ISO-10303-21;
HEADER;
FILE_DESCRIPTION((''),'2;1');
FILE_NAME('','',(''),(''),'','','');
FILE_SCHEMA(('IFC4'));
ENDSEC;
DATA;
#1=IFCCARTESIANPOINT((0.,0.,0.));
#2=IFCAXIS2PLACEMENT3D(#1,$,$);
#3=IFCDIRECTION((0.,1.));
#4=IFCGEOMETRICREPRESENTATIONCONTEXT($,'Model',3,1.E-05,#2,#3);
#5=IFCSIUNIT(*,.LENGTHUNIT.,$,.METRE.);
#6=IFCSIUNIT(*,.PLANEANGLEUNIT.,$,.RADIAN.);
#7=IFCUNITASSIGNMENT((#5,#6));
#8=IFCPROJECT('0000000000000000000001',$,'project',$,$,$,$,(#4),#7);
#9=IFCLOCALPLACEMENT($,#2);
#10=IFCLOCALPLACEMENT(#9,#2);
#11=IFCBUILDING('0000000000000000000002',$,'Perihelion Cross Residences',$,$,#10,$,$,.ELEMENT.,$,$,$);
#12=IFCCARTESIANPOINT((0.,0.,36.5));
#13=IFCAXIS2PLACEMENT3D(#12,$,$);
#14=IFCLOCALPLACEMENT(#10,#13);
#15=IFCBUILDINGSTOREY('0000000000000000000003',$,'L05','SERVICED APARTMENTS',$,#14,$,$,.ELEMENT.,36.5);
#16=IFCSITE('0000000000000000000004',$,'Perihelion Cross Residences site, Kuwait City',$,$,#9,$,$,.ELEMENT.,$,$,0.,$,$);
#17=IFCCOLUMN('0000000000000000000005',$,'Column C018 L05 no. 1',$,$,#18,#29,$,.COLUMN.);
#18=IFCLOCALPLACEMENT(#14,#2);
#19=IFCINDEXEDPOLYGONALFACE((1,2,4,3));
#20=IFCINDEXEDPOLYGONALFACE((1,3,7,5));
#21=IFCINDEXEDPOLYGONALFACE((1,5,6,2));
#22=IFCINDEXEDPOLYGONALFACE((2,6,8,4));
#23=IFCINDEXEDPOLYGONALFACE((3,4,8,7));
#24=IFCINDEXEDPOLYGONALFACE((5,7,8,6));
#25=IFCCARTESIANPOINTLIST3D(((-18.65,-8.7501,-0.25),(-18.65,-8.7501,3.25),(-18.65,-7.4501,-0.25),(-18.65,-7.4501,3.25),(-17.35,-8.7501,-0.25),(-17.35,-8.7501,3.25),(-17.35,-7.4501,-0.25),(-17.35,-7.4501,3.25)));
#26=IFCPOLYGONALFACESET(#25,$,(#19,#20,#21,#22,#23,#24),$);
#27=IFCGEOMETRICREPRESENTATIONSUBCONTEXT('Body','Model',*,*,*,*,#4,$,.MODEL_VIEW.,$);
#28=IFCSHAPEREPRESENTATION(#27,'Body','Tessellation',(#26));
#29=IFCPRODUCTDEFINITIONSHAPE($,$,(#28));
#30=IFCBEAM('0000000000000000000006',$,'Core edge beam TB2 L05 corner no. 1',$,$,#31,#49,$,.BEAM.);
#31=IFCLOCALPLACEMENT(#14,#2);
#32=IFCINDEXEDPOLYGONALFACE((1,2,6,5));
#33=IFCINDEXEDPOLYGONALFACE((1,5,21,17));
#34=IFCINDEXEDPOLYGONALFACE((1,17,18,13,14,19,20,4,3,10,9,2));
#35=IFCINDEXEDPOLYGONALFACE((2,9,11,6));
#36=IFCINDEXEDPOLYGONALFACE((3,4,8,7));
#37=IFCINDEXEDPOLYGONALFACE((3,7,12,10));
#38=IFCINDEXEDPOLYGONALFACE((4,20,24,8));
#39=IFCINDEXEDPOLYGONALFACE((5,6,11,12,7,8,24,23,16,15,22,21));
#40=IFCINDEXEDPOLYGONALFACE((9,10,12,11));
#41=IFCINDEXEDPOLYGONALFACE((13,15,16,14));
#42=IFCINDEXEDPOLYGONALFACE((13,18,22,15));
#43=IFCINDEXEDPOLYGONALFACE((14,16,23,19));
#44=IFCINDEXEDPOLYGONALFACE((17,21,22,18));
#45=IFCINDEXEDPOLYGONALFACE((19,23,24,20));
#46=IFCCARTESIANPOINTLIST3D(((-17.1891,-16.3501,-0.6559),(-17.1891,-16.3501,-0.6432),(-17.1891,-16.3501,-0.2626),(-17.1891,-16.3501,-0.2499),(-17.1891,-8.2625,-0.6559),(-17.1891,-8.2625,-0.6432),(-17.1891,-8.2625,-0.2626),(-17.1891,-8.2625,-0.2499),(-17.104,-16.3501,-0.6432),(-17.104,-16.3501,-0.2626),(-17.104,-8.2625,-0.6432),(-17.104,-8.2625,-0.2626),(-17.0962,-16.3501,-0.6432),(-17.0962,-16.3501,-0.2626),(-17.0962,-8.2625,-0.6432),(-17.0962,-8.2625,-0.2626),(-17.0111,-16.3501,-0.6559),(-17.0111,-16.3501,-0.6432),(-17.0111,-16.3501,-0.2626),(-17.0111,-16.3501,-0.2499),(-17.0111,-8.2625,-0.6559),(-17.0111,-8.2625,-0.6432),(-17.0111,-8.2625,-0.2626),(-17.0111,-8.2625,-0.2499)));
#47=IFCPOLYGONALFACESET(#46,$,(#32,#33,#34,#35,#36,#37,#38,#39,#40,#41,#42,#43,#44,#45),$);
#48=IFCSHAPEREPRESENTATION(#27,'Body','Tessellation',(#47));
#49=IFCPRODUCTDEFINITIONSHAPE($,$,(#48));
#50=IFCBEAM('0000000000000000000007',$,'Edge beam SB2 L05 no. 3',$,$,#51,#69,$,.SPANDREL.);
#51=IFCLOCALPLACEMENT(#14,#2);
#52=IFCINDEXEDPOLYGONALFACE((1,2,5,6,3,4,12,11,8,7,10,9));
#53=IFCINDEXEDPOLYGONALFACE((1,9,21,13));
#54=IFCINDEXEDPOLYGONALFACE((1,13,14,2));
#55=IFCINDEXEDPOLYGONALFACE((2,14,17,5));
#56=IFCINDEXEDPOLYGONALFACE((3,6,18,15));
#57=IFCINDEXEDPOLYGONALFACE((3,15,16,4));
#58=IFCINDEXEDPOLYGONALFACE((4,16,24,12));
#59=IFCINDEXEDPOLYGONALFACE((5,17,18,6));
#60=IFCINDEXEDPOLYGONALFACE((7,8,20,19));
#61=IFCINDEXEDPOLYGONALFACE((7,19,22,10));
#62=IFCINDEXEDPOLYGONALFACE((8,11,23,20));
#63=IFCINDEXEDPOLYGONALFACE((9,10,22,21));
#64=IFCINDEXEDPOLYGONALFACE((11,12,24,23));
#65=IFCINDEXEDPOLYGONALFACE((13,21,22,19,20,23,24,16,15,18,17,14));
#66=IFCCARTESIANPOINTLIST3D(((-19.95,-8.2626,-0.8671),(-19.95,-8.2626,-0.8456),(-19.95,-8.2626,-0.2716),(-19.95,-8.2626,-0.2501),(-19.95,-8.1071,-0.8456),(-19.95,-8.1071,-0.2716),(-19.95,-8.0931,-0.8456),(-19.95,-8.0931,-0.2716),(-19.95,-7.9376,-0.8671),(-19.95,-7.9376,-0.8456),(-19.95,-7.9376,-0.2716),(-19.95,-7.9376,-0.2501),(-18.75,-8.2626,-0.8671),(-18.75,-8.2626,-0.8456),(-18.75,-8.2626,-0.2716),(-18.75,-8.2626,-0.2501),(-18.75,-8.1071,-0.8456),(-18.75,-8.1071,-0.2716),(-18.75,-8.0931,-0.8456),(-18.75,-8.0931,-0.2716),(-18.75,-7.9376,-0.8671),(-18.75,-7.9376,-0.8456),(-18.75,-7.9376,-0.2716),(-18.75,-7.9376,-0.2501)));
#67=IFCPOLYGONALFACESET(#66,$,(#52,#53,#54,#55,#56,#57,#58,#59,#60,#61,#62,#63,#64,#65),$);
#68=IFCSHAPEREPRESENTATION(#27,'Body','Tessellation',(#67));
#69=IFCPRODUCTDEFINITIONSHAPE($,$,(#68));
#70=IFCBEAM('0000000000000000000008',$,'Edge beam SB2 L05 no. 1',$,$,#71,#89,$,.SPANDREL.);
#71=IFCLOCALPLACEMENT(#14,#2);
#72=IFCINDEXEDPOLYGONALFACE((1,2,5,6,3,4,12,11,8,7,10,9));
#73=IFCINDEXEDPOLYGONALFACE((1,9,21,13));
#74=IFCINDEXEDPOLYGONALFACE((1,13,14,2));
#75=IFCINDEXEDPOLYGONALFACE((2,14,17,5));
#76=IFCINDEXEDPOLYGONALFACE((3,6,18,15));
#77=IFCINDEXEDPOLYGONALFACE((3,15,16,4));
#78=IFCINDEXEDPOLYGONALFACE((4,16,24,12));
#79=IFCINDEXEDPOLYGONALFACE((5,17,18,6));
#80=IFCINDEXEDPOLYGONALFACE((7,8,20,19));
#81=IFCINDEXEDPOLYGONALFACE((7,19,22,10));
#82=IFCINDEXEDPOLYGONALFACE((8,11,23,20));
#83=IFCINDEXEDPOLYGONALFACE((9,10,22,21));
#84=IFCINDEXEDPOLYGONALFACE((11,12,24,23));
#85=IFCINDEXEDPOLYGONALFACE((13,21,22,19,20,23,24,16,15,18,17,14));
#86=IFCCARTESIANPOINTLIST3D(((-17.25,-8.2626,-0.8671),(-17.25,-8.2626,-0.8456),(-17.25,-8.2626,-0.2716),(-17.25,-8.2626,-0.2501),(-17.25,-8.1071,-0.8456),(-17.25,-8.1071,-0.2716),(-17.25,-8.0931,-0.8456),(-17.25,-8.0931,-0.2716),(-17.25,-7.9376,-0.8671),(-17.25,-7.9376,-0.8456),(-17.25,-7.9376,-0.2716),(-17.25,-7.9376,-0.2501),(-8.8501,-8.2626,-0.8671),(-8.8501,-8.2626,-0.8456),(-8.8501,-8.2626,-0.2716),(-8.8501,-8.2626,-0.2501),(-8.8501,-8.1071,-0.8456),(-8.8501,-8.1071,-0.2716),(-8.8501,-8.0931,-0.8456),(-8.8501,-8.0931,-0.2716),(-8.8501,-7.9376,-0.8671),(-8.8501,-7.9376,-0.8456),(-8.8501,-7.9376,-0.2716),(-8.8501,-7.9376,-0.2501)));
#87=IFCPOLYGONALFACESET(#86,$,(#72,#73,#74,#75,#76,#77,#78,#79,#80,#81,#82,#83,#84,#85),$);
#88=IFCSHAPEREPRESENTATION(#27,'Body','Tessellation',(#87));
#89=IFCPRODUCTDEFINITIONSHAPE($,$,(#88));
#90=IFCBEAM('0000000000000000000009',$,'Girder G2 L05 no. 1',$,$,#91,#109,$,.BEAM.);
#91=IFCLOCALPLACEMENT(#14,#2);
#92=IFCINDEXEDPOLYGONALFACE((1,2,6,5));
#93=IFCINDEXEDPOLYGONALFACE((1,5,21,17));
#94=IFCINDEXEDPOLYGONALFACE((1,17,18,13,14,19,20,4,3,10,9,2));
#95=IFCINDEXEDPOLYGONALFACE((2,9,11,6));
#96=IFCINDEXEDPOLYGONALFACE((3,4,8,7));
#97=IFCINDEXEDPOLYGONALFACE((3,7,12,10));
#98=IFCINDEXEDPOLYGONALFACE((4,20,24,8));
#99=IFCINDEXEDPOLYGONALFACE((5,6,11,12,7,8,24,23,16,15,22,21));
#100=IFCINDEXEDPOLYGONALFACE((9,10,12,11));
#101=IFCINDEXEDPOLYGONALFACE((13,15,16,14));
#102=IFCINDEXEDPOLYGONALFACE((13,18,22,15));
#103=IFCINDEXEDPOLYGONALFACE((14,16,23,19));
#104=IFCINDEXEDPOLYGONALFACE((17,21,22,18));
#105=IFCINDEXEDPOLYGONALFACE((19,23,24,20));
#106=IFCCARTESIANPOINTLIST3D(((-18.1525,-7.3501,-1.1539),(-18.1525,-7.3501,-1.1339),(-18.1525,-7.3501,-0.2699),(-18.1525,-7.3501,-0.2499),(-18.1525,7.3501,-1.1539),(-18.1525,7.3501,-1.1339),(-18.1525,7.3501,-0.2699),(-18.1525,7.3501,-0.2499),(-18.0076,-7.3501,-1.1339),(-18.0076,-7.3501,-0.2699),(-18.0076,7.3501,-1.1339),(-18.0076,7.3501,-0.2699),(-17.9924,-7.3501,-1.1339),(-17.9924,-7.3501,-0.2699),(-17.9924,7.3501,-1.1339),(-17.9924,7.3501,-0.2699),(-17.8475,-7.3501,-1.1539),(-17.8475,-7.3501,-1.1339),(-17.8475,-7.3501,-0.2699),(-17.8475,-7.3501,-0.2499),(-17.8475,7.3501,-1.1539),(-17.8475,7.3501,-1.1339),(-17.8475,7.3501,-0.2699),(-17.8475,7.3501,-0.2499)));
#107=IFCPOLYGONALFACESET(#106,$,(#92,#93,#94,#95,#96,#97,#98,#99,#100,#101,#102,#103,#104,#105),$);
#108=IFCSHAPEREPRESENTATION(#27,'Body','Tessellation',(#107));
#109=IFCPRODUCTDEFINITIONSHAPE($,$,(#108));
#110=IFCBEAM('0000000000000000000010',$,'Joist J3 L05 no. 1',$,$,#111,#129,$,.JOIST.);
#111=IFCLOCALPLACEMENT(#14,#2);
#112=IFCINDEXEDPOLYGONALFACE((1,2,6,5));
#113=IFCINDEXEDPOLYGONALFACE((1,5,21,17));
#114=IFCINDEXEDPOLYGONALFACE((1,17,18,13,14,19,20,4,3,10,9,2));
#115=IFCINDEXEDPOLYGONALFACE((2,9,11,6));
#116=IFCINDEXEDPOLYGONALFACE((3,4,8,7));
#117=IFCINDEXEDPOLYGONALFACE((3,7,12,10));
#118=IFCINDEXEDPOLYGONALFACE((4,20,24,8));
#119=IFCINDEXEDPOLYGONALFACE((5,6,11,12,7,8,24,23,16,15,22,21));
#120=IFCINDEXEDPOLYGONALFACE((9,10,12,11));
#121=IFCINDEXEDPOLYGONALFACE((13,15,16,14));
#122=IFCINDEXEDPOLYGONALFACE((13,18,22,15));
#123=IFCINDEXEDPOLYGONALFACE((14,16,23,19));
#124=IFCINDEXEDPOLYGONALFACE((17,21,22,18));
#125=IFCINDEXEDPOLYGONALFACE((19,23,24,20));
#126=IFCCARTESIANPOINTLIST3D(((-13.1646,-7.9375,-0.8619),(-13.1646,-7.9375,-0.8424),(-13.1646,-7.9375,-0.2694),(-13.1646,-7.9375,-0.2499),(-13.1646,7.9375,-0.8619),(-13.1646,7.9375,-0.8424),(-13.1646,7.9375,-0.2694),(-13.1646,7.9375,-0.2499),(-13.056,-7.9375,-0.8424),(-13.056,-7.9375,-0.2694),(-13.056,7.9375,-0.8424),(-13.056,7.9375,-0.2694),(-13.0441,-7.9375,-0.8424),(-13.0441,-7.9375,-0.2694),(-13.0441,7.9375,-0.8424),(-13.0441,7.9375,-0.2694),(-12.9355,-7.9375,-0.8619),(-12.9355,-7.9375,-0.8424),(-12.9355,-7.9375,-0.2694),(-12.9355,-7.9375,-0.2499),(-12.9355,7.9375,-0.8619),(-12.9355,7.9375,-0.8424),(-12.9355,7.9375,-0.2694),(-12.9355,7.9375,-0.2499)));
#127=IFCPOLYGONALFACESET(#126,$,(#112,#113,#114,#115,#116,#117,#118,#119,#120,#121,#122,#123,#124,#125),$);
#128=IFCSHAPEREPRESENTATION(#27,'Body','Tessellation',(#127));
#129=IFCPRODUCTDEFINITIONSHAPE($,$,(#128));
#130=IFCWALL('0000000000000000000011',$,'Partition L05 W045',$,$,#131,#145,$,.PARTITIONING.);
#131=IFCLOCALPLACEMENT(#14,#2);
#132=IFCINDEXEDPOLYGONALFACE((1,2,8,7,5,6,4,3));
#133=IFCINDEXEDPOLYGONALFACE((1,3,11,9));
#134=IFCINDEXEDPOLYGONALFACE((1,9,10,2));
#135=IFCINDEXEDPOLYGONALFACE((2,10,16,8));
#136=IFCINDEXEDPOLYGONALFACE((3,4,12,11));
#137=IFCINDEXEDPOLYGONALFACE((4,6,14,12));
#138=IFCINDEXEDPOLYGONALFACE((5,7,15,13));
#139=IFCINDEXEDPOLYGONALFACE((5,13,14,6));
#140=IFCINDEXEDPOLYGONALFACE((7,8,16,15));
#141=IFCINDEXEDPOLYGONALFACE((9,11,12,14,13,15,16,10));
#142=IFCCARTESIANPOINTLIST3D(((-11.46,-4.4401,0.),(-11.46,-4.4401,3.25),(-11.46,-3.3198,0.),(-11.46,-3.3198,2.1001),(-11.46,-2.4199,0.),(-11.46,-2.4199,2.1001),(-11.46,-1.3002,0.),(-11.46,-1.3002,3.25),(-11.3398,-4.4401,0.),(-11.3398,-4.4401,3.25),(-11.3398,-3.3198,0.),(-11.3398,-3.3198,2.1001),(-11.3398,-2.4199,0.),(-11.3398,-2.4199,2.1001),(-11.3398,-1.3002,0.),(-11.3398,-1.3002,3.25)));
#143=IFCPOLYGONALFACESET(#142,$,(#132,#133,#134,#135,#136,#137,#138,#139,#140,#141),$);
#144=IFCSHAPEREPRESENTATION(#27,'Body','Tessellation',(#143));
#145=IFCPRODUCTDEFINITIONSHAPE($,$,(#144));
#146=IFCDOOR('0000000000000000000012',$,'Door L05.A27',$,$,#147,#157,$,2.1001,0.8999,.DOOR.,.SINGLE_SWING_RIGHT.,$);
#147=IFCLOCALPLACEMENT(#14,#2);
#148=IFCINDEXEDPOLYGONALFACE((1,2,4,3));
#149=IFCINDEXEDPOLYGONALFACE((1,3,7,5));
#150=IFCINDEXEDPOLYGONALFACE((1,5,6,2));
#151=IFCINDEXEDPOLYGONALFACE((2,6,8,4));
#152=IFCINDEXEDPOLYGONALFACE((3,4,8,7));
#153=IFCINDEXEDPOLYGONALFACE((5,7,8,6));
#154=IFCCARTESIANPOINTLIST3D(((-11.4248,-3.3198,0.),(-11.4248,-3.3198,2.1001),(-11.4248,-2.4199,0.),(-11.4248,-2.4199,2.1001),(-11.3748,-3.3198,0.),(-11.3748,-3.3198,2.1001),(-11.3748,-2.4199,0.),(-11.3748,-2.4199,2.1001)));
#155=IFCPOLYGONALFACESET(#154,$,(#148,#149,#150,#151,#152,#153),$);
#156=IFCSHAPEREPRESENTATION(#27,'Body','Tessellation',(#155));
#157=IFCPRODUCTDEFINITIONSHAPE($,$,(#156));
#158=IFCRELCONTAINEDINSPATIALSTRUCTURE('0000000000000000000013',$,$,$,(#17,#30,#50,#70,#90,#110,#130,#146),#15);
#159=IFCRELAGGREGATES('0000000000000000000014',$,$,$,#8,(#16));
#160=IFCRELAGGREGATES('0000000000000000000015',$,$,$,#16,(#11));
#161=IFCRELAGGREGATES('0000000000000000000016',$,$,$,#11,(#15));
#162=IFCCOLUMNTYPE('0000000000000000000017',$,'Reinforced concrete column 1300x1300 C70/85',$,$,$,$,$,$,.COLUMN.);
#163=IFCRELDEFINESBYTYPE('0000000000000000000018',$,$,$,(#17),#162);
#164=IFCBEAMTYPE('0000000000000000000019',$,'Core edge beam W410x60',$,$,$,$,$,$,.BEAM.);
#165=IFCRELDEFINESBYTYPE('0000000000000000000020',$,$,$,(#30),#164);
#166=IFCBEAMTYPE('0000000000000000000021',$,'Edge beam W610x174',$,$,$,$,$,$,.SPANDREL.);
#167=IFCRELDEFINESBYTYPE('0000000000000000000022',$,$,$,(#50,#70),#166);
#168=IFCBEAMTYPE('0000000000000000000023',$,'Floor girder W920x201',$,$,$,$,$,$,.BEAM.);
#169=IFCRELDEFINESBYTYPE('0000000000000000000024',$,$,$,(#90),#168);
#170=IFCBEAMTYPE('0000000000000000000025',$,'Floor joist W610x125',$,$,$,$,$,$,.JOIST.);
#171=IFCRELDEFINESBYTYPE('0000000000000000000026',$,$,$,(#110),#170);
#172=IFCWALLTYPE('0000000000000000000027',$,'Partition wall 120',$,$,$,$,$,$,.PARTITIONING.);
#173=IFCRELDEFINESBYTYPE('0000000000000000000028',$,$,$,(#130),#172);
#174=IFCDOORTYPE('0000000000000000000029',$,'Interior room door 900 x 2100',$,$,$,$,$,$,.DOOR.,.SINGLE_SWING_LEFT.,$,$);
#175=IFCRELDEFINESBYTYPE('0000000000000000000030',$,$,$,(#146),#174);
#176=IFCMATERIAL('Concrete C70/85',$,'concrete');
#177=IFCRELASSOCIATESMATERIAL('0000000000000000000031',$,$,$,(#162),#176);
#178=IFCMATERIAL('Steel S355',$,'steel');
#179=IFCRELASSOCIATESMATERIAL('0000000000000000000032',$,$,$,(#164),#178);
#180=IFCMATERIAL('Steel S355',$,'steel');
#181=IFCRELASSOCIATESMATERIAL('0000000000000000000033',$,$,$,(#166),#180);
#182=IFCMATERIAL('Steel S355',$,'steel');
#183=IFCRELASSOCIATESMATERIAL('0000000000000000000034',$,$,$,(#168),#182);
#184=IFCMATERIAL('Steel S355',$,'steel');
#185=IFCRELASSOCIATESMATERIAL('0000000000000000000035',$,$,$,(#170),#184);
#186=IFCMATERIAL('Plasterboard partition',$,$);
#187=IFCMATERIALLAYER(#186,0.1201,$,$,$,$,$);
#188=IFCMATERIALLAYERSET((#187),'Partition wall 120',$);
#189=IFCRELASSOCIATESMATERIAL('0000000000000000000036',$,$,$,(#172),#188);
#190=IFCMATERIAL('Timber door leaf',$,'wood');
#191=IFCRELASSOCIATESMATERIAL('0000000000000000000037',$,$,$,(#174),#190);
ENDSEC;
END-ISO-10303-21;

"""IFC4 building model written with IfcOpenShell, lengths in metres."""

from ifc_helpers import new_model, si_unit, direction, frame, frame_2d, origin, origin_2d, place, context, subcontext, project, spatial, rectangle, i_section, extrude, material, layer, layer_set, material_profile, profile_set, type_object, element, fill, save


model = new_model("IFC4")

# Units and contexts
model_context = context("Model", 3, precision=1e-05, world=origin(), true_north=direction((0.0, 1.0)))
body_context = subcontext(model_context, "Body", "Model", "MODEL_VIEW")
ifc_project = project(units=[si_unit("LENGTHUNIT", "METRE"), si_unit("PLANEANGLEUNIT", "RADIAN")], contexts=[model_context])

# Site, building, storey
site_placement = place(None, origin())
site = spatial("IfcSite", under=ifc_project, at=site_placement, Name="Perihelion Cross Residences site, Kuwait City", CompositionType="ELEMENT", RefElevation=0.0)
building_placement = place(site_placement, origin())
building = spatial("IfcBuilding", under=site, at=building_placement, Name="Perihelion Cross Residences", CompositionType="ELEMENT")
storey_placement = place(building_placement, frame((0.0, 0.0, 36.5)))
storey = spatial("IfcBuildingStorey", under=building, at=storey_placement, Name="L05", Description="SERVICED APARTMENTS", CompositionType="ELEMENT", Elevation=36.5)

# Column
ifc_material_1 = material(Name="Concrete C70/85", Category="concrete")
ifc_material_profile_1 = material_profile(ifc_material_1, rectangle(XDim=1.3, YDim=1.3, at=origin_2d()), Name="RC 1300x1300")
ifc_profile_set_1 = profile_set([ifc_material_profile_1], Name="Concrete C70/85")
column_type = type_object("IfcColumnType", Name="Reinforced concrete column 1300x1300 C70/85", PredefinedType="COLUMN", material=ifc_profile_set_1)
column_placement = place(storey_placement, frame((-18.0, -8.1001, -0.25), z_axis=(0.0, 0.0, 1.0), x_axis=(1.0, 0.0, 0.0)))
element("IfcColumn", 1, at=column_placement, inside=storey, type_object=column_type, Name="Column C018 L05 no. 1", PredefinedType="COLUMN", context=body_context, shape_type="SweptSolid", body=[
    extrude(rectangle(XDim=1.3, YDim=1.3, at=origin_2d()), origin(), (0.0, 0.0, 1.0), 3.5),
])

# Beams
ifc_material_2 = material(Name="Steel S355", Category="steel")
ifc_material_profile_2 = material_profile(ifc_material_2, i_section(OverallWidth=0.178, OverallDepth=0.406, WebThickness=0.0078, FlangeThickness=0.0127, at=origin_2d()), Name="W410x60")
ifc_profile_set_2 = profile_set([ifc_material_profile_2], Name="Steel S355")
beam_type_1 = type_object("IfcBeamType", Name="Core edge beam W410x60", PredefinedType="BEAM", material=ifc_profile_set_2)
beam_1_placement = place(storey_placement, frame((-17.1001, -8.2625, -0.4529), z_axis=(0.0, -1.0, 0.0), x_axis=(1.0, 0.0, 0.0)))
element("IfcBeam", 2, at=beam_1_placement, inside=storey, type_object=beam_type_1, Name="Core edge beam TB2 L05 corner no. 1", PredefinedType="BEAM", context=body_context, shape_type="SweptSolid", body=[
    extrude(i_section(OverallWidth=0.178, OverallDepth=0.406, WebThickness=0.0078, FlangeThickness=0.0127, at=origin_2d()), origin(), (0.0, 0.0, 1.0), 8.0876),
])
ifc_material_3 = material(Name="Steel S355", Category="steel")
ifc_material_profile_3 = material_profile(ifc_material_3, i_section(OverallWidth=0.325, OverallDepth=0.6169, WebThickness=0.0139, FlangeThickness=0.0215, at=origin_2d()), Name="W610x174")
ifc_profile_set_3 = profile_set([ifc_material_profile_3], Name="Steel S355")
beam_type_2 = type_object("IfcBeamType", Name="Edge beam W610x174", PredefinedType="SPANDREL", material=ifc_profile_set_3)
beam_2_placement = place(storey_placement, frame((-19.95, -8.1001, -0.5586), z_axis=(1.0, 0.0, 0.0), x_axis=(0.0, 1.0, 0.0)))
element("IfcBeam", 3, at=beam_2_placement, inside=storey, type_object=beam_type_2, Name="Edge beam SB2 L05 no. 3", PredefinedType="SPANDREL", context=body_context, shape_type="SweptSolid", body=[
    extrude(i_section(OverallWidth=0.325, OverallDepth=0.6169, WebThickness=0.0139, FlangeThickness=0.0215, at=origin_2d()), origin(), (0.0, 0.0, 1.0), 1.2),
])
beam_3_placement = place(storey_placement, frame((-17.25, -8.1001, -0.5586), z_axis=(1.0, 0.0, 0.0), x_axis=(0.0, 1.0, 0.0)))
element("IfcBeam", 4, at=beam_3_placement, inside=storey, type_object=beam_type_2, Name="Edge beam SB2 L05 no. 1", PredefinedType="SPANDREL", context=body_context, shape_type="SweptSolid", body=[
    extrude(i_section(OverallWidth=0.325, OverallDepth=0.6169, WebThickness=0.0139, FlangeThickness=0.0215, at=origin_2d()), origin(), (0.0, 0.0, 1.0), 8.3999),
])
ifc_material_4 = material(Name="Steel S355", Category="steel")
ifc_material_profile_4 = material_profile(ifc_material_4, i_section(OverallWidth=0.3049, OverallDepth=0.9041, WebThickness=0.0151, FlangeThickness=0.02, at=origin_2d()), Name="W920x201")
ifc_profile_set_4 = profile_set([ifc_material_profile_4], Name="Steel S355")
beam_type_3 = type_object("IfcBeamType", Name="Floor girder W920x201", PredefinedType="BEAM", material=ifc_profile_set_4)
beam_4_placement = place(storey_placement, frame((-18.0, -7.3501, -0.7019), z_axis=(0.0, 1.0, 0.0), x_axis=(-1.0, 0.0, 0.0)))
element("IfcBeam", 5, at=beam_4_placement, inside=storey, type_object=beam_type_3, Name="Girder G2 L05 no. 1", PredefinedType="BEAM", context=body_context, shape_type="SweptSolid", body=[
    extrude(i_section(OverallWidth=0.3049, OverallDepth=0.9041, WebThickness=0.0151, FlangeThickness=0.02, at=origin_2d()), origin(), (0.0, 0.0, 1.0), 14.7002),
])
ifc_material_5 = material(Name="Steel S355", Category="steel")
ifc_material_profile_5 = material_profile(ifc_material_5, i_section(OverallWidth=0.229, OverallDepth=0.6121, WebThickness=0.012, FlangeThickness=0.0195, at=origin_2d()), Name="W610x125")
ifc_profile_set_5 = profile_set([ifc_material_profile_5], Name="Steel S355")
beam_type_4 = type_object("IfcBeamType", Name="Floor joist W610x125", PredefinedType="JOIST", material=ifc_profile_set_5)
beam_5_placement = place(storey_placement, frame((-13.05, -7.9375, -0.5559), z_axis=(0.0, 1.0, 0.0), x_axis=(-1.0, 0.0, 0.0)))
element("IfcBeam", 6, at=beam_5_placement, inside=storey, type_object=beam_type_4, Name="Joist J3 L05 no. 1", PredefinedType="JOIST", context=body_context, shape_type="SweptSolid", body=[
    extrude(i_section(OverallWidth=0.229, OverallDepth=0.6121, WebThickness=0.012, FlangeThickness=0.0195, at=origin_2d()), origin(), (0.0, 0.0, 1.0), 15.875),
])

# Wall, opening, door
ifc_material_6 = material(Name="Plasterboard partition")
ifc_layer_1 = layer(ifc_material_6, 0.1201)
ifc_layer_set_1 = layer_set([ifc_layer_1], Name="Partition wall 120")
wall_type_1 = type_object("IfcWallType", Name="Partition wall 120", PredefinedType="PARTITIONING", material=ifc_layer_set_1)
wall_1_placement = place(storey_placement, frame((-11.3999, -4.4399, 0.0), z_axis=(0.0, 0.0, 1.0), x_axis=(0.0, 1.0, 0.0)))
wall_1 = element("IfcWall", 7, at=wall_1_placement, inside=storey, type_object=wall_type_1, Name="Partition L05 W045", PredefinedType="PARTITIONING", context=body_context, shape_type="SweptSolid", body=[
    extrude(rectangle(XDim=3.1399, YDim=0.1201, at=frame_2d((1.5698, 0.0))), origin(), (0.0, 0.0, 1.0), 3.25),
])
opening_1_placement = place(wall_1_placement, frame((1.1201, 0.0, 0.0)))
opening_1 = element("IfcOpeningElement", 8, at=opening_1_placement, cuts=wall_1, PredefinedType="OPENING", context=body_context, shape_type="SweptSolid", body=[
    extrude(rectangle(XDim=0.8999, YDim=2.1001, at=frame_2d((0.45, 1.05))), frame((0.0, 0.0701, 0.0), z_axis=(0.0, -1.0, 0.0), x_axis=(1.0, 0.0, 0.0)), (0.0, 0.0, 1.0), 0.1401),
])
ifc_material_7 = material(Name="Timber door leaf", Category="wood")
door_type_1 = type_object("IfcDoorType", Name="Interior room door 900 x 2100", OperationType="SINGLE_SWING_LEFT", PredefinedType="DOOR", material=ifc_material_7)
door_1_placement = place(opening_1_placement, origin())
door_1 = element("IfcDoor", 9, at=door_1_placement, inside=storey, type_object=door_type_1, Name="Door L05.A27", OperationType="SINGLE_SWING_RIGHT", OverallHeight=2.1001, OverallWidth=0.8999, PredefinedType="DOOR", context=body_context, shape_type="SweptSolid", body=[
    extrude(rectangle(XDim=0.8999, YDim=2.1001, at=frame_2d((0.45, 1.05))), frame((0.0, 0.0249, 0.0), z_axis=(0.0, -1.0, 0.0), x_axis=(1.0, 0.0, 0.0)), (0.0, 0.0, 1.0), 0.05),
])
fill(opening_1, door_1)

save(model, "model.ifc")
